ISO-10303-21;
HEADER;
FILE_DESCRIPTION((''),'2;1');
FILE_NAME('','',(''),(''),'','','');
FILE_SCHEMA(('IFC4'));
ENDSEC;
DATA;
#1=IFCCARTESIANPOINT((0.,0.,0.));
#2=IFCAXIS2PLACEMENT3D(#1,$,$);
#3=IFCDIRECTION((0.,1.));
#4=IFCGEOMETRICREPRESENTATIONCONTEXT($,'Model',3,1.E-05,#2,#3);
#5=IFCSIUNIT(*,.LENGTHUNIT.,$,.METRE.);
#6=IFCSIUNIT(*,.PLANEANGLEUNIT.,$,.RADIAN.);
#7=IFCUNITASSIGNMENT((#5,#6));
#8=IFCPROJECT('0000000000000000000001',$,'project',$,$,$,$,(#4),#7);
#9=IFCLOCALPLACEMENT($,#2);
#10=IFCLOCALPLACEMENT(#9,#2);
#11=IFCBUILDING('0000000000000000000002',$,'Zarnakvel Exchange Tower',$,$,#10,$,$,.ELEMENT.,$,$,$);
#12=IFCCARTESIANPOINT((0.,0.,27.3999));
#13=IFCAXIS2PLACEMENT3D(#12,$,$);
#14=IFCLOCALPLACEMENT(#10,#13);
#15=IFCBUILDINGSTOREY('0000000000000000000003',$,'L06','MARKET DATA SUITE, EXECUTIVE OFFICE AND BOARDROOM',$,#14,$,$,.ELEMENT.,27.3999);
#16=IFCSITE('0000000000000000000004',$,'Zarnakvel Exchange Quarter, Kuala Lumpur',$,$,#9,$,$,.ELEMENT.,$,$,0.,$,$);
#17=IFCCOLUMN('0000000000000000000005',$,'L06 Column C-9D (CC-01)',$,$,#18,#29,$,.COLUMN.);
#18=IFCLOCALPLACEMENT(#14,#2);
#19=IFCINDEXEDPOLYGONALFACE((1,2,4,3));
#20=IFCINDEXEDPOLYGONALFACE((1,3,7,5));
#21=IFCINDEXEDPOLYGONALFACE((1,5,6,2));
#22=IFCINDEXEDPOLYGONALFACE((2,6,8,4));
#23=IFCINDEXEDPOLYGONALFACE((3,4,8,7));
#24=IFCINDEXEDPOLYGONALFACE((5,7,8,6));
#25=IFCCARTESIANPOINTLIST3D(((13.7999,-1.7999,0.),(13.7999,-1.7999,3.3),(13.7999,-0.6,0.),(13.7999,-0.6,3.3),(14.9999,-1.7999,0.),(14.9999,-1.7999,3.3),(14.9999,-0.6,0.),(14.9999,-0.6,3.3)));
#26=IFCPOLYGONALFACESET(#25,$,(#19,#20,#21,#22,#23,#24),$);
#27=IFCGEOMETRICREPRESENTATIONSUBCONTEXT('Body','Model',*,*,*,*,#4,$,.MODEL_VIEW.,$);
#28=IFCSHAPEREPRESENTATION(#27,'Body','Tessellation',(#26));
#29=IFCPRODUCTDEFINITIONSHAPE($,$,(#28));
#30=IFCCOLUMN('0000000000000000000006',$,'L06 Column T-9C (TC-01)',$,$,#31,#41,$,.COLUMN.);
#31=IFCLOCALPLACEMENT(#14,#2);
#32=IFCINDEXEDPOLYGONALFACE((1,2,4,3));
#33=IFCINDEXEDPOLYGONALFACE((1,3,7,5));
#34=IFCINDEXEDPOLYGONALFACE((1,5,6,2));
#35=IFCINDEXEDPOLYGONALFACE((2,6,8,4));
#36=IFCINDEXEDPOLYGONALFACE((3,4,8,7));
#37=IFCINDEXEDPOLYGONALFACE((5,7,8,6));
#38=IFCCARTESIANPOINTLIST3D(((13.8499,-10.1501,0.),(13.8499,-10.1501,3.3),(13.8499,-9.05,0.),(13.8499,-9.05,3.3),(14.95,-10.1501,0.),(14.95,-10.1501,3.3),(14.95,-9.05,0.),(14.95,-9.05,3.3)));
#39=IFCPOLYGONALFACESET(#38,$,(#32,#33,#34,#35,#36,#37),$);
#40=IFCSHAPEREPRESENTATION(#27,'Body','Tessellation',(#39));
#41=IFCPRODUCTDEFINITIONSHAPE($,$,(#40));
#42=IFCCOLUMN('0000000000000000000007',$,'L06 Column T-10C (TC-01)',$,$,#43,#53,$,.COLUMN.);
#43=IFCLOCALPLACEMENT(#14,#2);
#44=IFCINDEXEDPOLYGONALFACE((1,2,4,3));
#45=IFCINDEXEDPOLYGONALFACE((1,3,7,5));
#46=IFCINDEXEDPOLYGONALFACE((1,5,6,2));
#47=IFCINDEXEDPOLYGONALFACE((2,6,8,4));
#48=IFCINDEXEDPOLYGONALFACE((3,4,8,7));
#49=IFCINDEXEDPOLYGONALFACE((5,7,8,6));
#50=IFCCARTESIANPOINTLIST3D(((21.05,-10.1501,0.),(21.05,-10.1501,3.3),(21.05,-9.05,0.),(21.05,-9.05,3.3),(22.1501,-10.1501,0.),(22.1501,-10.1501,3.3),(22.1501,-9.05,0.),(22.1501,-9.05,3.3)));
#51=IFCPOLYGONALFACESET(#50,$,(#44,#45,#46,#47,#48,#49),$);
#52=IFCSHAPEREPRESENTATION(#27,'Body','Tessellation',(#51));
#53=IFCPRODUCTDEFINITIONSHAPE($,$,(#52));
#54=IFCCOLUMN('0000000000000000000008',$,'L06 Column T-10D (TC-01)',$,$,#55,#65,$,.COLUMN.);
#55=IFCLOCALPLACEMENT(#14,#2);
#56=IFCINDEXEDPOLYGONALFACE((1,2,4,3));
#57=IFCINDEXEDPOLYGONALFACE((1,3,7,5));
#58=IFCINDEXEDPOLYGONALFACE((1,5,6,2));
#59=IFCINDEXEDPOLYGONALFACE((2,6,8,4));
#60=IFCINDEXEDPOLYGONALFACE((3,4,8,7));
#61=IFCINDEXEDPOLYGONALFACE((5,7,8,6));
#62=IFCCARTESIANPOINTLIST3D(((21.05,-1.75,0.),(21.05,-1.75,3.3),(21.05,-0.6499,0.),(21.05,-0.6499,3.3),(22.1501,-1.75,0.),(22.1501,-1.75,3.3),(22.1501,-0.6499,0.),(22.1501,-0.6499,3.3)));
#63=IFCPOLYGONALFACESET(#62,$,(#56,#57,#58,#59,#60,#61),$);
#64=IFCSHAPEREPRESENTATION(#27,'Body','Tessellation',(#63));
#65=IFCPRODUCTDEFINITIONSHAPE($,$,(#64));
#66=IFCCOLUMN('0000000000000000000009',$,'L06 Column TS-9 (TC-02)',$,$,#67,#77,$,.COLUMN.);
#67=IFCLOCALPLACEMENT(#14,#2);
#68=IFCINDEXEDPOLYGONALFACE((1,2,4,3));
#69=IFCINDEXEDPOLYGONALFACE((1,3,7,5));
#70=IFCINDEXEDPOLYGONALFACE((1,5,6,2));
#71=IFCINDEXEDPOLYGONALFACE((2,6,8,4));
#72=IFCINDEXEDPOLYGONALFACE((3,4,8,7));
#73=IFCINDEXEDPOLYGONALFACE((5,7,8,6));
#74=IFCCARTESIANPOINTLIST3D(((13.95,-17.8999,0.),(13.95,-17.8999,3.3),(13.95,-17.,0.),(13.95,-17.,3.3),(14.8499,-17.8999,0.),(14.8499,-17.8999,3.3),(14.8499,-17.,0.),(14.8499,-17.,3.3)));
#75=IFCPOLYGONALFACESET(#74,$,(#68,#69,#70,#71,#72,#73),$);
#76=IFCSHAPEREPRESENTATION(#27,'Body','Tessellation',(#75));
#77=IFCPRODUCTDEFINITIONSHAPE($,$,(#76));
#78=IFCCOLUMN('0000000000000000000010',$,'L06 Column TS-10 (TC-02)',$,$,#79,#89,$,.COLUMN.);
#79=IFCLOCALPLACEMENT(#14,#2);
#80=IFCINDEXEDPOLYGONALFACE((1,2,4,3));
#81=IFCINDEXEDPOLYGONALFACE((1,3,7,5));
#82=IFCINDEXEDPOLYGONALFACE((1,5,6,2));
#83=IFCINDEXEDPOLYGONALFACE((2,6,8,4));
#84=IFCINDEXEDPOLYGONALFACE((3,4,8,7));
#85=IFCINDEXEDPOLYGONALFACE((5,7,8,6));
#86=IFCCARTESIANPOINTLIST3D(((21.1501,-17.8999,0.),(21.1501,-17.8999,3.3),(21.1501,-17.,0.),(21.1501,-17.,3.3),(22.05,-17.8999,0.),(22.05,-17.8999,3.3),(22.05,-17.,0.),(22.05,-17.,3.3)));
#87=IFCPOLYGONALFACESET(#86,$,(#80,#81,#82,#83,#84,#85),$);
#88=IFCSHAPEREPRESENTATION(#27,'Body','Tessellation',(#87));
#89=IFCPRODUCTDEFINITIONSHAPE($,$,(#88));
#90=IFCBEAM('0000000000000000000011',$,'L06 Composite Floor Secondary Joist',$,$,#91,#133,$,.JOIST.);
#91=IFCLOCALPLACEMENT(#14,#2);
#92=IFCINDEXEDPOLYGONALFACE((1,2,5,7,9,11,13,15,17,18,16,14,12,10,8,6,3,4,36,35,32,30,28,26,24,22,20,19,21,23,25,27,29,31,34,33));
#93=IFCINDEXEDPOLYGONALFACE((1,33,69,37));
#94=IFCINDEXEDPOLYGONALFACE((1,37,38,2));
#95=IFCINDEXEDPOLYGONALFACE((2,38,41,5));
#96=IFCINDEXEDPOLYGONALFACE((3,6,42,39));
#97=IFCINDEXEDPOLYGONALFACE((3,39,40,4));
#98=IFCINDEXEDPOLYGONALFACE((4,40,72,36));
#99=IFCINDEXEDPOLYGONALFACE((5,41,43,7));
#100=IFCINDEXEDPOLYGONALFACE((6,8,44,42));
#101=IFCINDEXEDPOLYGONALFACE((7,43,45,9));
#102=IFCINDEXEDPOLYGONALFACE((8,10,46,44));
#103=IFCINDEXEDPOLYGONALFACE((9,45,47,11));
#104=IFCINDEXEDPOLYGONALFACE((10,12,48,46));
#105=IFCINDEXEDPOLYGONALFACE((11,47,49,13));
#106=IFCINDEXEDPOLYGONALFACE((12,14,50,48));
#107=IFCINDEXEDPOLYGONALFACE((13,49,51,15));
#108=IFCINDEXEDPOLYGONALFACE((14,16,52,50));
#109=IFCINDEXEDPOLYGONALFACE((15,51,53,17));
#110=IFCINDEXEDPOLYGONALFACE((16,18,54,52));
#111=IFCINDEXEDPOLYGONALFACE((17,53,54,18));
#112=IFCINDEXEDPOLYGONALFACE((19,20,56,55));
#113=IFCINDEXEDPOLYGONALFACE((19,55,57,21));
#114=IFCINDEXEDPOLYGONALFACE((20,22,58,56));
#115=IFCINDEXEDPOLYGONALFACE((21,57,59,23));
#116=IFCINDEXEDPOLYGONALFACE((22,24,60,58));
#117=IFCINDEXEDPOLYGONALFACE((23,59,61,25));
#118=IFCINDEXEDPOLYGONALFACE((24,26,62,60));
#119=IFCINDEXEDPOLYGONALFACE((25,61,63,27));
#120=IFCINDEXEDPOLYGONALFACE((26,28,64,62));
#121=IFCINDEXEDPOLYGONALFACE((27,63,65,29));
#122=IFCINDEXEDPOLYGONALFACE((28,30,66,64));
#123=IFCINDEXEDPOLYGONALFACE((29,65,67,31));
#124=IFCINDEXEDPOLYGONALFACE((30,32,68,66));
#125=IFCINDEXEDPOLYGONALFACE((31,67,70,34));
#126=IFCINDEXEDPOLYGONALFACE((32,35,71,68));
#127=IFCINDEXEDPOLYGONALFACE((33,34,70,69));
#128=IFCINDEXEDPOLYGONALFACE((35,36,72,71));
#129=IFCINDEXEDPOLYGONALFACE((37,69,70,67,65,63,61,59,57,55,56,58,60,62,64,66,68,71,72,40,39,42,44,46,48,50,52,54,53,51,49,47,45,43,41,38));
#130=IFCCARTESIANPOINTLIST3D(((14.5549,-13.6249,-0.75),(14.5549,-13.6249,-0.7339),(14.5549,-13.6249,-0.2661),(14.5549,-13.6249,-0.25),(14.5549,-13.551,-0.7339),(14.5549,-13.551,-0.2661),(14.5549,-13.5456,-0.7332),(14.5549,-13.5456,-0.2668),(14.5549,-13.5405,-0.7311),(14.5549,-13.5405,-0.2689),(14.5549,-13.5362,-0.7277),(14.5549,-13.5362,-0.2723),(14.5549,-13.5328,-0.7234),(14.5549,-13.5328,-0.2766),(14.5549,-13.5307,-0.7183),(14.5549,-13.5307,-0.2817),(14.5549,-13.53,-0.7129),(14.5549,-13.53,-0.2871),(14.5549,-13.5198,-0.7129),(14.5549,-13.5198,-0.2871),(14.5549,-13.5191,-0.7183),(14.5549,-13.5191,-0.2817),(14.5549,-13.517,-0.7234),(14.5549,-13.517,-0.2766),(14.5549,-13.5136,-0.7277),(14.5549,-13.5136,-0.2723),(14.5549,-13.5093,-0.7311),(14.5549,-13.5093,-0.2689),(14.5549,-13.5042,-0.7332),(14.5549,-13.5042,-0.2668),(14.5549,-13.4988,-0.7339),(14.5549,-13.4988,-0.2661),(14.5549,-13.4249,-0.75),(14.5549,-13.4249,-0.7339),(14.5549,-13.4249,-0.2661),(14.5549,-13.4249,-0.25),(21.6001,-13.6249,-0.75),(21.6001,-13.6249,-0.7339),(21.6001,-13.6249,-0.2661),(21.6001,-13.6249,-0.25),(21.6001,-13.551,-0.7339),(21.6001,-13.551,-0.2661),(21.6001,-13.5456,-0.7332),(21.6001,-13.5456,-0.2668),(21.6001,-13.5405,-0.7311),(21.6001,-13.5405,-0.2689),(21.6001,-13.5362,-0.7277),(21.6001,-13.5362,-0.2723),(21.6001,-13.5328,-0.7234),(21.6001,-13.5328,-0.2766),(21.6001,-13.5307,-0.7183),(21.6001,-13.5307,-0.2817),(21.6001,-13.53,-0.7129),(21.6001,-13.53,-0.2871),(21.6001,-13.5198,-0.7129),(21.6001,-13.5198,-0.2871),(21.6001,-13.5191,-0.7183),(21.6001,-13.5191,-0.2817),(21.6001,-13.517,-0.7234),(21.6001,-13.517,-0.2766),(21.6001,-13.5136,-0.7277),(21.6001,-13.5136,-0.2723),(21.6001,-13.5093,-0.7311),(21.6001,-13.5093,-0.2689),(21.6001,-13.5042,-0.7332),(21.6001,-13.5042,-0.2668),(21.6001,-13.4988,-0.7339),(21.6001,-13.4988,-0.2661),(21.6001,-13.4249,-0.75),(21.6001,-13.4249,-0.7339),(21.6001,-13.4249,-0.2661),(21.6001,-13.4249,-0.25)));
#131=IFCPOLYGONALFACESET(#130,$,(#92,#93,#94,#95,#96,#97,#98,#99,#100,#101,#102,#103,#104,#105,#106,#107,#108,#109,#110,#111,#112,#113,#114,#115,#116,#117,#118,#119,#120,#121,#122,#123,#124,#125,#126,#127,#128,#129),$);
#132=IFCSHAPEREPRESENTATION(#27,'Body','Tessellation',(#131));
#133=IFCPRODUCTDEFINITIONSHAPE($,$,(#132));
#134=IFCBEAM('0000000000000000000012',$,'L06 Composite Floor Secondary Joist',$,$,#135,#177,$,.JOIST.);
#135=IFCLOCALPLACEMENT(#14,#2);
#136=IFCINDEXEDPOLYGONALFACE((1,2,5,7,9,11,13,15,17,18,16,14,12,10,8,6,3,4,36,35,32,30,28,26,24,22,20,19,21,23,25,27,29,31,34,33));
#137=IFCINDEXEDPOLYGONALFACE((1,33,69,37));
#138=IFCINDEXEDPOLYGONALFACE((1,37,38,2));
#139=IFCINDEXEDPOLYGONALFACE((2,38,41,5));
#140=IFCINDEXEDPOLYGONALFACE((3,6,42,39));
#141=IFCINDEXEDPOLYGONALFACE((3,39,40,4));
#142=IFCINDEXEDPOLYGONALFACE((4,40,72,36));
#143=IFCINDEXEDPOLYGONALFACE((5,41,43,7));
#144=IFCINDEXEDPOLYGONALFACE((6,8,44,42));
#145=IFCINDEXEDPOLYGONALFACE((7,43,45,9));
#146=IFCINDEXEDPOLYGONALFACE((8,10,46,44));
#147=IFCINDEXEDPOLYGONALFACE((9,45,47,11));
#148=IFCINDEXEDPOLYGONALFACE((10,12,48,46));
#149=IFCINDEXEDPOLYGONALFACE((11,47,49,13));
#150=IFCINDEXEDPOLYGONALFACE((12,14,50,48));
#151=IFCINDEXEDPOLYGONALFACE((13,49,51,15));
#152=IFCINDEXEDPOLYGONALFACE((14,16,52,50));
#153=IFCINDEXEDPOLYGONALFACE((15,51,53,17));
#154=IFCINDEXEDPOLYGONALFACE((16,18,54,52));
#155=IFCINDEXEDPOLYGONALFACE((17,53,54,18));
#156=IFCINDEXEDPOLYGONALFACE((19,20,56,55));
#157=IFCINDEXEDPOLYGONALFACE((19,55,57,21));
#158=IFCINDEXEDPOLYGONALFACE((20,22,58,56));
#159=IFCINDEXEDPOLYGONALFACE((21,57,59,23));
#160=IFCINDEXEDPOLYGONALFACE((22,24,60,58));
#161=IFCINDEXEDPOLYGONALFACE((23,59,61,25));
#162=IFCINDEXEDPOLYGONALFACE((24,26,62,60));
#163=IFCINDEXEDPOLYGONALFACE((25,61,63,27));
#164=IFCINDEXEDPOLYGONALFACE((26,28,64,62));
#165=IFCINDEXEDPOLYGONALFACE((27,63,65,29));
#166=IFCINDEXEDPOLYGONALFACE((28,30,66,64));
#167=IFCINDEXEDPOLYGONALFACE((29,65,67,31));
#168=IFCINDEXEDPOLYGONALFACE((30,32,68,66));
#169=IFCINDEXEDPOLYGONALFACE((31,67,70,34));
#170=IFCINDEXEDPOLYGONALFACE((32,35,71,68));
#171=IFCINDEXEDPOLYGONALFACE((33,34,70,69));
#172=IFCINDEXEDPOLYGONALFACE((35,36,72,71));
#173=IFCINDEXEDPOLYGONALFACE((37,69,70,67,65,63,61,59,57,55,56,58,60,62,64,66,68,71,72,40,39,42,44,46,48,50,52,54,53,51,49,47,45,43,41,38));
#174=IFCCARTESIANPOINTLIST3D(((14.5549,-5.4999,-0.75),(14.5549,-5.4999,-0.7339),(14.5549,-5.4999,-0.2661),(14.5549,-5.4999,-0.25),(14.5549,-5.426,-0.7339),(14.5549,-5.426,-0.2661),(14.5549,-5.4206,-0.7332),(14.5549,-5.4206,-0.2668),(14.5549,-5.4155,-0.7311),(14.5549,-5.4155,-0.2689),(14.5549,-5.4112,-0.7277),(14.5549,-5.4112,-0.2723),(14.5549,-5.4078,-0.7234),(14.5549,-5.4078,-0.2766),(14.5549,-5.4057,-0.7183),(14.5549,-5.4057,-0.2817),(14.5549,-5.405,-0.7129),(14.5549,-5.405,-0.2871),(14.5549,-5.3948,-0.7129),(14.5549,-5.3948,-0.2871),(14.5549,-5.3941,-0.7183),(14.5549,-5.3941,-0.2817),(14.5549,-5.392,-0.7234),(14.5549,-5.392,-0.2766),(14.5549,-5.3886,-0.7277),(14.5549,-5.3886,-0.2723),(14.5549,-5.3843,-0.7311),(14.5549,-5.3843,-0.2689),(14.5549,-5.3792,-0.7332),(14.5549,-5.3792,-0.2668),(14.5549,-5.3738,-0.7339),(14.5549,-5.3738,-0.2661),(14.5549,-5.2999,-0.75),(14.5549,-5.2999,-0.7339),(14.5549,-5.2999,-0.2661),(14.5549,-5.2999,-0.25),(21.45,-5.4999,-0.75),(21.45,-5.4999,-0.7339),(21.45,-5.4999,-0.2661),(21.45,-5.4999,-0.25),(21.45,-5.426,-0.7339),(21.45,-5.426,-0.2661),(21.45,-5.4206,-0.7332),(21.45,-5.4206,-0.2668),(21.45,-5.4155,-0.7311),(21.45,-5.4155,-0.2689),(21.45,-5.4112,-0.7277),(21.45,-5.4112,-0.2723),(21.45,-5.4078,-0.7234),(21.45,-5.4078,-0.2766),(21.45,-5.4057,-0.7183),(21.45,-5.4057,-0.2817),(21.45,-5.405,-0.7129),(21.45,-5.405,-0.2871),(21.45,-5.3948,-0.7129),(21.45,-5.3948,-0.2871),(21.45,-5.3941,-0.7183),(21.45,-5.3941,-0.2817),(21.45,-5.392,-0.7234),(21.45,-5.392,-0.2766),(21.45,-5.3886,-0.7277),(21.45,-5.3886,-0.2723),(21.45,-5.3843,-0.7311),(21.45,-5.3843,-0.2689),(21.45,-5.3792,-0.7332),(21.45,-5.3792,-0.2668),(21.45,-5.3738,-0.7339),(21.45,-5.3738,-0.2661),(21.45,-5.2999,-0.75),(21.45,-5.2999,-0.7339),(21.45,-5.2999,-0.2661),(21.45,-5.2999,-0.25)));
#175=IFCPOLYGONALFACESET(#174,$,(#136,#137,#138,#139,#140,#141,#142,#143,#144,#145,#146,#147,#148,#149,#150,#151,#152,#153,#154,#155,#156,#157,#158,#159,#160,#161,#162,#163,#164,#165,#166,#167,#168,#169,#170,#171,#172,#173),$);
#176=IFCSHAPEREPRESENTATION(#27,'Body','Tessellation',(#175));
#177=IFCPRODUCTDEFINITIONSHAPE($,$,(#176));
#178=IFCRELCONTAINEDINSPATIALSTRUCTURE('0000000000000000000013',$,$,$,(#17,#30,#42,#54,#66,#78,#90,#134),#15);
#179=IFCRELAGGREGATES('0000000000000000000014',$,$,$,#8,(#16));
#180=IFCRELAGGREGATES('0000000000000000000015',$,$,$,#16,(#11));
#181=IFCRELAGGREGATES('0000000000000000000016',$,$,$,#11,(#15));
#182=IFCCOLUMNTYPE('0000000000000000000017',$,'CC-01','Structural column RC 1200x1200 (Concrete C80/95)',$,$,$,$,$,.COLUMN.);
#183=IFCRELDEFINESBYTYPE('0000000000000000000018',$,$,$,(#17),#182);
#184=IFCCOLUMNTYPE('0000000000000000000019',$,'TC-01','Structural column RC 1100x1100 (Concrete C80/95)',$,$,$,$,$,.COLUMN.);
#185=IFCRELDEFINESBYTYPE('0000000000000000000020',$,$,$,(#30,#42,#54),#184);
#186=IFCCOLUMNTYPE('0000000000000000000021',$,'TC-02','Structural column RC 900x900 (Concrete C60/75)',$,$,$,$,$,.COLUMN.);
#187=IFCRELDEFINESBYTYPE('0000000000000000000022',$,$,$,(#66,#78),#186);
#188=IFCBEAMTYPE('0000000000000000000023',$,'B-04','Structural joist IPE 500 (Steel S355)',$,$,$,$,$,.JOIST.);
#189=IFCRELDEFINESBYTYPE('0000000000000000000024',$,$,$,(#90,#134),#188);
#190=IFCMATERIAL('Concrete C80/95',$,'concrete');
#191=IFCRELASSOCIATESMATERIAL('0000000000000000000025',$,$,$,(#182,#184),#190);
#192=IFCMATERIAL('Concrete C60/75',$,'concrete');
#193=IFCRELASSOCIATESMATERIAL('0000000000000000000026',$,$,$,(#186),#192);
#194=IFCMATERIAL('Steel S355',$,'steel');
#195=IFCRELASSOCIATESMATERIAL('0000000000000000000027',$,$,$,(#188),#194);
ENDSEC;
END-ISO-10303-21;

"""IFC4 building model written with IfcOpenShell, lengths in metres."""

from ifc_helpers import new_model, si_unit, direction, frame, origin, origin_2d, place, context, subcontext, project, spatial, rectangle, i_section, extrude, material, material_profile, profile_set, type_object, element, save


model = new_model("IFC4")

# Units and contexts
model_context = context("Model", 3, precision=1e-05, world=origin(), true_north=direction((0.0, 1.0)))
body_context = subcontext(model_context, "Body", "Model", "MODEL_VIEW")
ifc_project = project(units=[si_unit("LENGTHUNIT", "METRE"), si_unit("PLANEANGLEUNIT", "RADIAN")], contexts=[model_context])

# Site, building, storey
site_placement = place(None, origin())
site = spatial("IfcSite", under=ifc_project, at=site_placement, Name="Zarnakvel Exchange Quarter, Kuala Lumpur", CompositionType="ELEMENT", RefElevation=0.0)
building_placement = place(site_placement, origin())
building = spatial("IfcBuilding", under=site, at=building_placement, Name="Zarnakvel Exchange Tower", CompositionType="ELEMENT")
storey_placement = place(building_placement, frame((0.0, 0.0, 27.3999)))
storey = spatial("IfcBuildingStorey", under=building, at=storey_placement, Name="L06", Description="MARKET DATA SUITE, EXECUTIVE OFFICE AND BOARDROOM", CompositionType="ELEMENT", Elevation=27.3999)

# Columns
ifc_material_1 = material(Name="Concrete C80/95", Category="concrete")
ifc_material_profile_1 = material_profile(ifc_material_1, rectangle(XDim=1.2, YDim=1.2, at=origin_2d()))
ifc_profile_set_1 = profile_set([ifc_material_profile_1], Name="Concrete C80/95")
column_type_1 = type_object("IfcColumnType", Name="CC-01", Description="Structural column RC 1200x1200 (Concrete C80/95)", PredefinedType="COLUMN", material=ifc_profile_set_1)
column_placement = place(storey_placement, frame((14.3999, -1.2, 0.0), z_axis=(0.0, 0.0, 1.0), x_axis=(1.0, 0.0, 0.0)))
element("IfcColumn", 1, at=column_placement, inside=storey, type_object=column_type_1, Name="L06 Column C-9D (CC-01)", PredefinedType="COLUMN", context=body_context, shape_type="SweptSolid", body=[
    extrude(rectangle(XDim=1.2, YDim=1.2, at=origin_2d()), origin(), (0.0, 0.0, 1.0), 3.3),
])
ifc_material_profile_2 = material_profile(ifc_material_1, rectangle(XDim=1.1001, YDim=1.1001, at=origin_2d()))
ifc_profile_set_2 = profile_set([ifc_material_profile_2], Name="Concrete C80/95")
column_type_2 = type_object("IfcColumnType", Name="TC-01", Description="Structural column RC 1100x1100 (Concrete C80/95)", PredefinedType="COLUMN", material=ifc_profile_set_2)
for number, where, z_axis, x_axis, name in (
    (2, (14.3999, -9.6001, 0.0), (0.0, 0.0, 1.0), (1.0, 0.0, 0.0), "L06 Column T-9C (TC-01)"),
    (3, (21.6001, -9.6001, 0.0), (0.0, 0.0, 1.0), (1.0, 0.0, 0.0), "L06 Column T-10C (TC-01)"),
    (4, (21.6001, -1.2, 0.0), (0.0, 0.0, 1.0), (1.0, 0.0, 0.0), "L06 Column T-10D (TC-01)"),
):
    element("IfcColumn", number, at=place(storey_placement, frame(where, z_axis=z_axis, x_axis=x_axis)), inside=storey, type_object=column_type_2, Name=name, PredefinedType="COLUMN", context=body_context, shape_type="SweptSolid", body=[
        extrude(rectangle(XDim=1.1001, YDim=1.1001, at=origin_2d()), origin(), (0.0, 0.0, 1.0), 3.3),
    ])
ifc_material_2 = material(Name="Concrete C60/75", Category="concrete")
ifc_material_profile_3 = material_profile(ifc_material_2, rectangle(XDim=0.8999, YDim=0.8999, at=origin_2d()))
ifc_profile_set_3 = profile_set([ifc_material_profile_3], Name="Concrete C60/75")
column_type_3 = type_object("IfcColumnType", Name="TC-02", Description="Structural column RC 900x900 (Concrete C60/75)", PredefinedType="COLUMN", material=ifc_profile_set_3)
for number, where, z_axis, x_axis, name in (
    (5, (14.3999, -17.45, 0.0), (0.0, 0.0, 1.0), (1.0, 0.0, 0.0), "L06 Column TS-9 (TC-02)"),
    (6, (21.6001, -17.45, 0.0), (0.0, 0.0, 1.0), (1.0, 0.0, 0.0), "L06 Column TS-10 (TC-02)"),
):
    element("IfcColumn", number, at=place(storey_placement, frame(where, z_axis=z_axis, x_axis=x_axis)), inside=storey, type_object=column_type_3, Name=name, PredefinedType="COLUMN", context=body_context, shape_type="SweptSolid", body=[
        extrude(rectangle(XDim=0.8999, YDim=0.8999, at=origin_2d()), origin(), (0.0, 0.0, 1.0), 3.3),
    ])

# Beams
ifc_material_3 = material(Name="Steel S355", Category="steel")
ifc_material_profile_4 = material_profile(ifc_material_3, i_section(OverallWidth=0.2, OverallDepth=0.5, WebThickness=0.0103, FlangeThickness=0.0161, FilletRadius=0.021, at=origin_2d()))
ifc_profile_set_4 = profile_set([ifc_material_profile_4], Name="Steel S355")
beam_type_1 = type_object("IfcBeamType", Name="B-04", Description="Structural joist IPE 500 (Steel S355)", PredefinedType="JOIST", material=ifc_profile_set_4)
beam_1_placement = place(storey_placement, frame((14.5549, -13.5249, -0.5), z_axis=(1.0, 0.0, 0.0), x_axis=(0.0, 1.0, 0.0)))
element("IfcBeam", 7, at=beam_1_placement, inside=storey, type_object=beam_type_1, Name="L06 Composite Floor Secondary Joist", PredefinedType="JOIST", context=body_context, shape_type="SweptSolid", body=[
    extrude(i_section(OverallWidth=0.2, OverallDepth=0.5, WebThickness=0.0103, FlangeThickness=0.0161, FilletRadius=0.021, at=origin_2d()), origin(), (0.0, 0.0, 1.0), 7.0452),
])
beam_2_placement = place(storey_placement, frame((14.5549, -5.3999, -0.5), z_axis=(1.0, 0.0, 0.0), x_axis=(0.0, 1.0, 0.0)))
element("IfcBeam", 8, at=beam_2_placement, inside=storey, type_object=beam_type_1, Name="L06 Composite Floor Secondary Joist", PredefinedType="JOIST", context=body_context, shape_type="SweptSolid", body=[
    extrude(i_section(OverallWidth=0.2, OverallDepth=0.5, WebThickness=0.0103, FlangeThickness=0.0161, FilletRadius=0.021, at=origin_2d()), origin(), (0.0, 0.0, 1.0), 6.895),
])

save(model, "model.ifc")
